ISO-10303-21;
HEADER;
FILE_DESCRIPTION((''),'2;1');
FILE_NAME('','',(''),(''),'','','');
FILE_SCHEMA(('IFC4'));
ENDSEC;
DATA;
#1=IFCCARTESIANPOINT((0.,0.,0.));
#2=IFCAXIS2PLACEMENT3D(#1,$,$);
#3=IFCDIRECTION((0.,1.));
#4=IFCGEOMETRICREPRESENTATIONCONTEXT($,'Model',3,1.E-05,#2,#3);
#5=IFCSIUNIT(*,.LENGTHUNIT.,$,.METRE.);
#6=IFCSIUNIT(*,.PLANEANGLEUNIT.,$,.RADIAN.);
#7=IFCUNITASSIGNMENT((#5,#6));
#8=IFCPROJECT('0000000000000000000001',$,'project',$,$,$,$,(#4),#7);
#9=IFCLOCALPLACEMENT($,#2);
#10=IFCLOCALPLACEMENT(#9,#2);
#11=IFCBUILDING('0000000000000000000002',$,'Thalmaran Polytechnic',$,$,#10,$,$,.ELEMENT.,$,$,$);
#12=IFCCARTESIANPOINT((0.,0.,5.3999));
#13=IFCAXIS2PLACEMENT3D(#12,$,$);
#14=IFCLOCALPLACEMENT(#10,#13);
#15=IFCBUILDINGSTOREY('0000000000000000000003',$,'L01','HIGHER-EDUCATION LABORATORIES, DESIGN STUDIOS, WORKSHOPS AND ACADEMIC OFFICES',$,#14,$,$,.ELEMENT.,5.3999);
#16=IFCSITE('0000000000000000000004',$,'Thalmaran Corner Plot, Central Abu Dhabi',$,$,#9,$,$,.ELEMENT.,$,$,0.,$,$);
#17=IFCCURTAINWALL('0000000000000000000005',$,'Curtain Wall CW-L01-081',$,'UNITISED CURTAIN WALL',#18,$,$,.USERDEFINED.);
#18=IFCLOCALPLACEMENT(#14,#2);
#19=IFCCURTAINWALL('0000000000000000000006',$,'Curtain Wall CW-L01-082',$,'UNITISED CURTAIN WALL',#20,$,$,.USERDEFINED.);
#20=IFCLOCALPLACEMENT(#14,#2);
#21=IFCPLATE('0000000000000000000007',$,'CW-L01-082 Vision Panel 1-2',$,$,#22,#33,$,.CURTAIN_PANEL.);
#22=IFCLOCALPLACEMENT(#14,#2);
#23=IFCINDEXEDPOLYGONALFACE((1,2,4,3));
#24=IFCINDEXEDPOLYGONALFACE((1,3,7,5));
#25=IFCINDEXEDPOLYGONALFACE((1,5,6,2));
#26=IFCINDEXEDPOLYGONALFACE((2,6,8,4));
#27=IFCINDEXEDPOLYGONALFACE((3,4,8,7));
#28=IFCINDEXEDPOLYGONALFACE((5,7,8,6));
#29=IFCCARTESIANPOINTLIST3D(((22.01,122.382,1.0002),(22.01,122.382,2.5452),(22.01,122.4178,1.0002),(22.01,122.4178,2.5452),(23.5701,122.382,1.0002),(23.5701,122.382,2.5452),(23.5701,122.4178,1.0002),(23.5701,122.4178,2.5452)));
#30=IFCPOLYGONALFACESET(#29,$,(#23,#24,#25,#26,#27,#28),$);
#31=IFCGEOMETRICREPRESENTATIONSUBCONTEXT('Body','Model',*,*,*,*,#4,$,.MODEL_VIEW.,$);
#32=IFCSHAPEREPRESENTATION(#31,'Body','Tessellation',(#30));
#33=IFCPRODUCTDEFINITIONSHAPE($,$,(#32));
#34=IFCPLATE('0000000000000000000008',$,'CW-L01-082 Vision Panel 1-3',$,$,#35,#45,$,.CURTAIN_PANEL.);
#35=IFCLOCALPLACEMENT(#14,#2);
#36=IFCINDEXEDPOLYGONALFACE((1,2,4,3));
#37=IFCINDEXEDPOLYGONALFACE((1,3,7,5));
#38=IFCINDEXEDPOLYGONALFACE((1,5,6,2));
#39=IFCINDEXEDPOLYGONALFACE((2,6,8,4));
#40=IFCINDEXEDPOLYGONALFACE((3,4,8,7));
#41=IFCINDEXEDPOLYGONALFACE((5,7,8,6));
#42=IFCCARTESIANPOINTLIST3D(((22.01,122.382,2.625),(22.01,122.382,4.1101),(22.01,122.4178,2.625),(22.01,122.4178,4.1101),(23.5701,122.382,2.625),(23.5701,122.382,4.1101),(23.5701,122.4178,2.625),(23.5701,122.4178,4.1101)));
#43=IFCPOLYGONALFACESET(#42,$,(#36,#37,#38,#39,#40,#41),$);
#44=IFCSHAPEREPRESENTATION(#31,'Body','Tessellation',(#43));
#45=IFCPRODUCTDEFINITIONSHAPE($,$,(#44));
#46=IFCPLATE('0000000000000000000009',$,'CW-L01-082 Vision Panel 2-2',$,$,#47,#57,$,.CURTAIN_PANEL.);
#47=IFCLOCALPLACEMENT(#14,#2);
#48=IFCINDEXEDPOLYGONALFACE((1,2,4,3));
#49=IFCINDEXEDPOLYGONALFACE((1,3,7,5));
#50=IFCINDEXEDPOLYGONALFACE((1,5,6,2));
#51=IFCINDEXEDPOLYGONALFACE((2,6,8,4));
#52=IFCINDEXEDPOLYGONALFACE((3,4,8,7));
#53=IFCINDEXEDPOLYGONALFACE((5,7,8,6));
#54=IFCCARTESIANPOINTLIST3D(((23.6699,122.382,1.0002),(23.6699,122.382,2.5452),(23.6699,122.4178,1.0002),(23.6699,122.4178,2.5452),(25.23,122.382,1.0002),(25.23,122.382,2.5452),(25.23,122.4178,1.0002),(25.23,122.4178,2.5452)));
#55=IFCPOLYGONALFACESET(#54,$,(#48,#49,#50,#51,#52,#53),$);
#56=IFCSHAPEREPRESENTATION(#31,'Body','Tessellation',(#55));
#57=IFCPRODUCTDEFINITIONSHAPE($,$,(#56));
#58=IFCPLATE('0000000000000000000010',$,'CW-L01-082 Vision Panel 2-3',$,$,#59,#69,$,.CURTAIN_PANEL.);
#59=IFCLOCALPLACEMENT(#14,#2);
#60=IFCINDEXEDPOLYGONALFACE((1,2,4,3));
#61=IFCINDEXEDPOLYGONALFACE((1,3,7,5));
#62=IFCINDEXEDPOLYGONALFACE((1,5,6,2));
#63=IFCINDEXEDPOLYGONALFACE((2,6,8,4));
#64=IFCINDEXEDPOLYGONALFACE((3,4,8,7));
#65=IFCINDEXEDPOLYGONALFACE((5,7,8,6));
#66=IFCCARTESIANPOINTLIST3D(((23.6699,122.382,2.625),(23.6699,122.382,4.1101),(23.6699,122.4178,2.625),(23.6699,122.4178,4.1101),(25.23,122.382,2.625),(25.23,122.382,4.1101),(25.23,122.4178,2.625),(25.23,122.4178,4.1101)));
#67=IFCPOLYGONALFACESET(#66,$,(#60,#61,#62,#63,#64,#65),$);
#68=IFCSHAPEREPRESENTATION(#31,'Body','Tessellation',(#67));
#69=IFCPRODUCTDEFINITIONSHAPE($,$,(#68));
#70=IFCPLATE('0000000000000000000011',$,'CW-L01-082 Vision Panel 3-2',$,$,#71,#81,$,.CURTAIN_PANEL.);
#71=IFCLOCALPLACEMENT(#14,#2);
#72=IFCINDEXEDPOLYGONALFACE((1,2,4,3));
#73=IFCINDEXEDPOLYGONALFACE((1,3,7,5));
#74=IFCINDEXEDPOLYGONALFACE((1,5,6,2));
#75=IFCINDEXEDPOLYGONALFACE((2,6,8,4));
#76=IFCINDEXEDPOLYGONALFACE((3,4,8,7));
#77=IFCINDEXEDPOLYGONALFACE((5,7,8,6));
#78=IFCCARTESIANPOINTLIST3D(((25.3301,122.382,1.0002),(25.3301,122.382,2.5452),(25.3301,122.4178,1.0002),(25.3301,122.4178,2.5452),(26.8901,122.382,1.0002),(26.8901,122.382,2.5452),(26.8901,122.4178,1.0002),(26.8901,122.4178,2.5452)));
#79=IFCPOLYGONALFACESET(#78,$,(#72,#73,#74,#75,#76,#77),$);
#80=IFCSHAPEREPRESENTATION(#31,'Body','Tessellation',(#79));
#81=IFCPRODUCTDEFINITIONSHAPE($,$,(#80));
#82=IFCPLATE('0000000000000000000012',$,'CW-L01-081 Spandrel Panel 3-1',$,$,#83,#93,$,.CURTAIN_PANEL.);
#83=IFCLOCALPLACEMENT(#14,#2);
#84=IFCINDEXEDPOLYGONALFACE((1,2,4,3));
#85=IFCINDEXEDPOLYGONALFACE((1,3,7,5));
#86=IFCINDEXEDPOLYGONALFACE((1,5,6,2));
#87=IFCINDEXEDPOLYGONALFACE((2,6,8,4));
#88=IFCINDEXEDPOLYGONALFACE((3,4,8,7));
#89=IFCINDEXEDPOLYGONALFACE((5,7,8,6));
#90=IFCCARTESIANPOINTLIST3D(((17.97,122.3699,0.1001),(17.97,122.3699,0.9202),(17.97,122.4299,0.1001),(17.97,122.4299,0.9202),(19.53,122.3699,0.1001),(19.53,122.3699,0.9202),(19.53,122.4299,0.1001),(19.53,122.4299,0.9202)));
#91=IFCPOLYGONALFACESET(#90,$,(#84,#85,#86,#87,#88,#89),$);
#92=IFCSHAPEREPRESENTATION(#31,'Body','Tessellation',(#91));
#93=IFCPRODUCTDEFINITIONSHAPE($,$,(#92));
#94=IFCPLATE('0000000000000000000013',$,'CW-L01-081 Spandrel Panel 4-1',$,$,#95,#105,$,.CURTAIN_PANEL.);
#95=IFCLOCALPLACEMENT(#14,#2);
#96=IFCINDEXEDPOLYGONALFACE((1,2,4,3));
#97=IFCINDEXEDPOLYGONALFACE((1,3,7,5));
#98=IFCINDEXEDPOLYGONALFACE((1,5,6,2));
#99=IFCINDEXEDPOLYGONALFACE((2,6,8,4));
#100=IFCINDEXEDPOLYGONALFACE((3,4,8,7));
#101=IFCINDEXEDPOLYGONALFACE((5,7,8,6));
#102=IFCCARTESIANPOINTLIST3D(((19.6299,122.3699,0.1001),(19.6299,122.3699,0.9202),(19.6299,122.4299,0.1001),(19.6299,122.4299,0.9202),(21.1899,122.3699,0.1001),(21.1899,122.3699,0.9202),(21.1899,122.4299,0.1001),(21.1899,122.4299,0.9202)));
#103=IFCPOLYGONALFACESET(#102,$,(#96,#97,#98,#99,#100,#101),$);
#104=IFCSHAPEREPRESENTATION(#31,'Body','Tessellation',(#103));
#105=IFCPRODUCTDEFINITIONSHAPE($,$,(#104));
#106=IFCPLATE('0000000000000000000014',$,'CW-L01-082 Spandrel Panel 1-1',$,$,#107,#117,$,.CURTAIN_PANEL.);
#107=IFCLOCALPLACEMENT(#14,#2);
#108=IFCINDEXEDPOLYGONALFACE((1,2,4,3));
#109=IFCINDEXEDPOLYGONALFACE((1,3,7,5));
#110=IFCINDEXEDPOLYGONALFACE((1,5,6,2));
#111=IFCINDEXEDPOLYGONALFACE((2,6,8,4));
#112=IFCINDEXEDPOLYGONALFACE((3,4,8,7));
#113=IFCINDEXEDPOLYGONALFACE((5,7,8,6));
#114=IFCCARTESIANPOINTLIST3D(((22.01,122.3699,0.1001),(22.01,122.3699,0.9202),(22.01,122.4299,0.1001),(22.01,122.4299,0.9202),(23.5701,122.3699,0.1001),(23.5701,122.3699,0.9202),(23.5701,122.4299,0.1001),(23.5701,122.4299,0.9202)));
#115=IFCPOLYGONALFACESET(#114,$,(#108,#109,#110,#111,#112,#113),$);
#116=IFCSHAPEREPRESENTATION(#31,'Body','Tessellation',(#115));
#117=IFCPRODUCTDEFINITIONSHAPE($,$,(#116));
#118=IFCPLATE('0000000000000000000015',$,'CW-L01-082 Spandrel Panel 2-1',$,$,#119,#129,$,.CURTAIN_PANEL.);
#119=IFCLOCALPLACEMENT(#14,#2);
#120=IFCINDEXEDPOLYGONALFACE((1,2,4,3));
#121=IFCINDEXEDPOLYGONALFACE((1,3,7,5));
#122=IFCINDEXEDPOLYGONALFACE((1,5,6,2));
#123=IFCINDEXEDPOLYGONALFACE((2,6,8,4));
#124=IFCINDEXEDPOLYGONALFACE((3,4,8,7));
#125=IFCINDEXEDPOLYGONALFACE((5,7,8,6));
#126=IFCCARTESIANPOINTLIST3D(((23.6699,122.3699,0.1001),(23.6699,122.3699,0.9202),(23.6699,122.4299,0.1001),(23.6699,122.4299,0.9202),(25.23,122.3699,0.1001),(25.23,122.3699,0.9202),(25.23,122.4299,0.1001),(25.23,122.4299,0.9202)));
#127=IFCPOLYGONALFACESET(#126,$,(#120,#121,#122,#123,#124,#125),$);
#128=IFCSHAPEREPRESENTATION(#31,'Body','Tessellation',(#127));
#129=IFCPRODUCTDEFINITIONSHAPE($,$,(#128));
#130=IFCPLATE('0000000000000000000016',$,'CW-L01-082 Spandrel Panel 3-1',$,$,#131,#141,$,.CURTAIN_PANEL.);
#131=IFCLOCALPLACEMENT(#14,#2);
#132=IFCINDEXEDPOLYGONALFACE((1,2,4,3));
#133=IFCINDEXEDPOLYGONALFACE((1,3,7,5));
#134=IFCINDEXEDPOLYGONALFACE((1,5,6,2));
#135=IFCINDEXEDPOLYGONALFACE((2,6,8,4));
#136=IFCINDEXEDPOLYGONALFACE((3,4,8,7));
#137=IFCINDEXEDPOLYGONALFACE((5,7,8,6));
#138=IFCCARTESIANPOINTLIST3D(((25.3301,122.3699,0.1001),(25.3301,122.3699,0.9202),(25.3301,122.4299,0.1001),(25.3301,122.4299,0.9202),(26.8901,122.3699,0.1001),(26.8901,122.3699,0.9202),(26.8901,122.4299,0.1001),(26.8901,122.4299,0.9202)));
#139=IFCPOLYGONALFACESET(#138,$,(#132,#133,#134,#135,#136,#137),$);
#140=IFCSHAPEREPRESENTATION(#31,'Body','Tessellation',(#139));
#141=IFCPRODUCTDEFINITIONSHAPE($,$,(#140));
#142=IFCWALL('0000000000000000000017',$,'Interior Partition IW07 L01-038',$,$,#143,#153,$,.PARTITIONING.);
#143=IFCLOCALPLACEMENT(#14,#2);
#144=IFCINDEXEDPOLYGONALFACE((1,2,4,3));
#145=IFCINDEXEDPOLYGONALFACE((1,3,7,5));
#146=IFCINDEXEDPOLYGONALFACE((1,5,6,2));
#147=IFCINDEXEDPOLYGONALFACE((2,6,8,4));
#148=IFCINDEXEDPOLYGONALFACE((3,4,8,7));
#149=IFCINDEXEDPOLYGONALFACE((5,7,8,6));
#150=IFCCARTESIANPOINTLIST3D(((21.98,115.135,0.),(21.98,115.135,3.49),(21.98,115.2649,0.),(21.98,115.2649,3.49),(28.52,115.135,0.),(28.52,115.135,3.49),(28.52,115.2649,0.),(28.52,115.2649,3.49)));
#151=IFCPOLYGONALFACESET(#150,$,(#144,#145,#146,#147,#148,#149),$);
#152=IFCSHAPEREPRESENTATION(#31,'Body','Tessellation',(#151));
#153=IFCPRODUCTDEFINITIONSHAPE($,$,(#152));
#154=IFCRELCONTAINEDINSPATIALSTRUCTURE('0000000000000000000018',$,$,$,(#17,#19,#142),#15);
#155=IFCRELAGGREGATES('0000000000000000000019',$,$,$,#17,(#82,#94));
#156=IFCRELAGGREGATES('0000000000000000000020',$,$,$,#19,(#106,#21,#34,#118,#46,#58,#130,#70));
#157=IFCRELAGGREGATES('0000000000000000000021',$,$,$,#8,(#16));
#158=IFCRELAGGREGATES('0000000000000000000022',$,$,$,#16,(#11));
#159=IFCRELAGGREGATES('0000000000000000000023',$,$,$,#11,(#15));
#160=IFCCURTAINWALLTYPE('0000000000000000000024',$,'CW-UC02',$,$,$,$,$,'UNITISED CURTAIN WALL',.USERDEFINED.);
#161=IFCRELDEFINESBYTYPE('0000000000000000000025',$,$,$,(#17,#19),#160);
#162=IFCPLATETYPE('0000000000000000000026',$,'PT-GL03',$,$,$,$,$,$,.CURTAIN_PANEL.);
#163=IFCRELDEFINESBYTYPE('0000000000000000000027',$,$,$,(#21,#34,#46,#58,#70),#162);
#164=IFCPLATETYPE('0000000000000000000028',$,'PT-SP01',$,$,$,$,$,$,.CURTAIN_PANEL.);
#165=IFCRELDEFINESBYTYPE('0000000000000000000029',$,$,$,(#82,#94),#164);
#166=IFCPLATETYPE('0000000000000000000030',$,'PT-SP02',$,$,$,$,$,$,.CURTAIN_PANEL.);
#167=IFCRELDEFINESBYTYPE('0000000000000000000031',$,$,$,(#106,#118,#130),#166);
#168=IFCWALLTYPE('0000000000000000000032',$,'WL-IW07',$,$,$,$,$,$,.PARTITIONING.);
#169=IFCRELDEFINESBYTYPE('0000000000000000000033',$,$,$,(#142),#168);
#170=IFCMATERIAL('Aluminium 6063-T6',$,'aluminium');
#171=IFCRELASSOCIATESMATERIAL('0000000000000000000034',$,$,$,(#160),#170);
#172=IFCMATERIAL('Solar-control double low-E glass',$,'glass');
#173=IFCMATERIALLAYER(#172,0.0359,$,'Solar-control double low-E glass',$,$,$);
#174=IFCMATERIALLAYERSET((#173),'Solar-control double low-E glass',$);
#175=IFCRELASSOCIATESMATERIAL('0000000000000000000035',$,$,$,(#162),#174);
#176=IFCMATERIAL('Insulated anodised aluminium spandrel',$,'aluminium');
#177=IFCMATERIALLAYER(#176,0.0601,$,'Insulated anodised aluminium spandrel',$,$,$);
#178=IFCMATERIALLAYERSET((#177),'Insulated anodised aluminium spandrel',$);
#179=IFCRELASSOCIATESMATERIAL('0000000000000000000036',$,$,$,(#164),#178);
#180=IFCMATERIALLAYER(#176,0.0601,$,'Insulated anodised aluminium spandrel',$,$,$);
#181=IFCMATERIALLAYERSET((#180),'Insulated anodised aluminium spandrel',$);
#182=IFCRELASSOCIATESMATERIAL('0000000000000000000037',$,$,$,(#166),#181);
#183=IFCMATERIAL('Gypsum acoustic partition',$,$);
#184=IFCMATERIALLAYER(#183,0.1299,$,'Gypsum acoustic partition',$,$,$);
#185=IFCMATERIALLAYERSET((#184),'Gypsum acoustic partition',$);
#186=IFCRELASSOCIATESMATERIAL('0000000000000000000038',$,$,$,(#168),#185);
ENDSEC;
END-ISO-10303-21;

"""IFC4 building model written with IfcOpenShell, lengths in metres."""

from ifc_helpers import new_model, si_unit, direction, frame, frame_2d, origin, origin_2d, place, context, subcontext, project, spatial, rectangle, extrude, material, layer, layer_set, type_object, element, aggregate, save


model = new_model("IFC4")

# Units and contexts
model_context = context("Model", 3, precision=1e-05, world=origin(), true_north=direction((0.0, 1.0)))
body_context = subcontext(model_context, "Body", "Model", "MODEL_VIEW")
ifc_project = project(units=[si_unit("LENGTHUNIT", "METRE"), si_unit("PLANEANGLEUNIT", "RADIAN")], contexts=[model_context])

# Site, building, storey
site_placement = place(None, origin())
site = spatial("IfcSite", under=ifc_project, at=site_placement, Name="Thalmaran Corner Plot, Central Abu Dhabi", CompositionType="ELEMENT", RefElevation=0.0)
building_placement = place(site_placement, origin())
building = spatial("IfcBuilding", under=site, at=building_placement, Name="Thalmaran Polytechnic", CompositionType="ELEMENT")
storey_placement = place(building_placement, frame((0.0, 0.0, 5.3999)))
storey = spatial("IfcBuildingStorey", under=building, at=storey_placement, Name="L01", Description="HIGHER-EDUCATION LABORATORIES, DESIGN STUDIOS, WORKSHOPS AND ACADEMIC OFFICES", CompositionType="ELEMENT", Elevation=5.3999)

# Curtain walls
ifc_material_1 = material(Name="Aluminium 6063-T6", Category="aluminium")
curtain_wall_type = type_object("IfcCurtainWallType", Name="CW-UC02", ElementType="UNITISED CURTAIN WALL", PredefinedType="USERDEFINED", material=ifc_material_1)
curtain_wall_1_placement = place(storey_placement, origin())
curtain_wall_1 = element("IfcCurtainWall", 1, at=curtain_wall_1_placement, inside=storey, type_object=curtain_wall_type, Name="Curtain Wall CW-L01-081", ObjectType="UNITISED CURTAIN WALL", PredefinedType="USERDEFINED")
curtain_wall_2_placement = place(storey_placement, origin())
curtain_wall_2 = element("IfcCurtainWall", 2, at=curtain_wall_2_placement, inside=storey, type_object=curtain_wall_type, Name="Curtain Wall CW-L01-082", ObjectType="UNITISED CURTAIN WALL", PredefinedType="USERDEFINED")

# Plates
ifc_material_2 = material(Name="Solar-control double low-E glass", Category="glass")
ifc_layer_1 = layer(ifc_material_2, 0.0359, Name="Solar-control double low-E glass")
ifc_layer_set_1 = layer_set([ifc_layer_1], Name="Solar-control double low-E glass")
plate_type_1 = type_object("IfcPlateType", Name="PT-GL03", PredefinedType="CURTAIN_PANEL", material=ifc_layer_set_1)
plate_1_placement = place(storey_placement, frame((22.79, 122.3999, 1.0002), z_axis=(0.0, 0.0, 1.0), x_axis=(1.0, 0.0, 0.0)))
plate_1 = element("IfcPlate", 3, at=plate_1_placement, type_object=plate_type_1, Name="CW-L01-082 Vision Panel 1-2", PredefinedType="CURTAIN_PANEL", context=body_context, shape_type="SweptSolid", body=[
    extrude(rectangle(XDim=1.5601, YDim=0.0359, at=origin_2d()), origin(), (0.0, 0.0, 1.0), 1.5449),
])
plate_2_placement = place(storey_placement, frame((22.79, 122.3999, 2.625), z_axis=(0.0, 0.0, 1.0), x_axis=(1.0, 0.0, 0.0)))
plate_2 = element("IfcPlate", 4, at=plate_2_placement, type_object=plate_type_1, Name="CW-L01-082 Vision Panel 1-3", PredefinedType="CURTAIN_PANEL", context=body_context, shape_type="SweptSolid", body=[
    extrude(rectangle(XDim=1.5601, YDim=0.0359, at=origin_2d()), origin(), (0.0, 0.0, 1.0), 1.4851),
])
plate_3_placement = place(storey_placement, frame((24.45, 122.3999, 1.0002), z_axis=(0.0, 0.0, 1.0), x_axis=(1.0, 0.0, 0.0)))
plate_3 = element("IfcPlate", 5, at=plate_3_placement, type_object=plate_type_1, Name="CW-L01-082 Vision Panel 2-2", PredefinedType="CURTAIN_PANEL", context=body_context, shape_type="SweptSolid", body=[
    extrude(rectangle(XDim=1.5601, YDim=0.0359, at=origin_2d()), origin(), (0.0, 0.0, 1.0), 1.5449),
])
plate_4_placement = place(storey_placement, frame((24.45, 122.3999, 2.625), z_axis=(0.0, 0.0, 1.0), x_axis=(1.0, 0.0, 0.0)))
plate_4 = element("IfcPlate", 6, at=plate_4_placement, type_object=plate_type_1, Name="CW-L01-082 Vision Panel 2-3", PredefinedType="CURTAIN_PANEL", context=body_context, shape_type="SweptSolid", body=[
    extrude(rectangle(XDim=1.5601, YDim=0.0359, at=origin_2d()), origin(), (0.0, 0.0, 1.0), 1.4851),
])
plate_5_placement = place(storey_placement, frame((26.1101, 122.3999, 1.0002), z_axis=(0.0, 0.0, 1.0), x_axis=(1.0, 0.0, 0.0)))
plate_5 = element("IfcPlate", 7, at=plate_5_placement, type_object=plate_type_1, Name="CW-L01-082 Vision Panel 3-2", PredefinedType="CURTAIN_PANEL", context=body_context, shape_type="SweptSolid", body=[
    extrude(rectangle(XDim=1.5601, YDim=0.0359, at=origin_2d()), origin(), (0.0, 0.0, 1.0), 1.5449),
])
ifc_material_3 = material(Name="Insulated anodised aluminium spandrel", Category="aluminium")
ifc_layer_2 = layer(ifc_material_3, 0.0601, Name="Insulated anodised aluminium spandrel")
ifc_layer_set_2 = layer_set([ifc_layer_2], Name="Insulated anodised aluminium spandrel")
plate_type_2 = type_object("IfcPlateType", Name="PT-SP01", PredefinedType="CURTAIN_PANEL", material=ifc_layer_set_2)
plate_6_placement = place(storey_placement, frame((18.75, 122.3999, 0.1001), z_axis=(0.0, 0.0, 1.0), x_axis=(1.0, 0.0, 0.0)))
plate_6 = element("IfcPlate", 8, at=plate_6_placement, type_object=plate_type_2, Name="CW-L01-081 Spandrel Panel 3-1", PredefinedType="CURTAIN_PANEL", context=body_context, shape_type="SweptSolid", body=[
    extrude(rectangle(XDim=1.5601, YDim=0.0601, at=origin_2d()), origin(), (0.0, 0.0, 1.0), 0.8201),
])
plate_7_placement = place(storey_placement, frame((20.4099, 122.3999, 0.1001), z_axis=(0.0, 0.0, 1.0), x_axis=(1.0, 0.0, 0.0)))
plate_7 = element("IfcPlate", 9, at=plate_7_placement, type_object=plate_type_2, Name="CW-L01-081 Spandrel Panel 4-1", PredefinedType="CURTAIN_PANEL", context=body_context, shape_type="SweptSolid", body=[
    extrude(rectangle(XDim=1.5601, YDim=0.0601, at=origin_2d()), origin(), (0.0, 0.0, 1.0), 0.8201),
])
aggregate(curtain_wall_1, [plate_6, plate_7])
ifc_layer_3 = layer(ifc_material_3, 0.0601, Name="Insulated anodised aluminium spandrel")
ifc_layer_set_3 = layer_set([ifc_layer_3], Name="Insulated anodised aluminium spandrel")
plate_type_3 = type_object("IfcPlateType", Name="PT-SP02", PredefinedType="CURTAIN_PANEL", material=ifc_layer_set_3)
plate_8_placement = place(storey_placement, frame((22.79, 122.3999, 0.1001), z_axis=(0.0, 0.0, 1.0), x_axis=(1.0, 0.0, 0.0)))
plate_8 = element("IfcPlate", 10, at=plate_8_placement, type_object=plate_type_3, Name="CW-L01-082 Spandrel Panel 1-1", PredefinedType="CURTAIN_PANEL", context=body_context, shape_type="SweptSolid", body=[
    extrude(rectangle(XDim=1.5601, YDim=0.0601, at=origin_2d()), origin(), (0.0, 0.0, 1.0), 0.8201),
])
plate_9_placement = place(storey_placement, frame((24.45, 122.3999, 0.1001), z_axis=(0.0, 0.0, 1.0), x_axis=(1.0, 0.0, 0.0)))
plate_9 = element("IfcPlate", 11, at=plate_9_placement, type_object=plate_type_3, Name="CW-L01-082 Spandrel Panel 2-1", PredefinedType="CURTAIN_PANEL", context=body_context, shape_type="SweptSolid", body=[
    extrude(rectangle(XDim=1.5601, YDim=0.0601, at=origin_2d()), origin(), (0.0, 0.0, 1.0), 0.8201),
])
plate_10_placement = place(storey_placement, frame((26.1101, 122.3999, 0.1001), z_axis=(0.0, 0.0, 1.0), x_axis=(1.0, 0.0, 0.0)))
plate_10 = element("IfcPlate", 12, at=plate_10_placement, type_object=plate_type_3, Name="CW-L01-082 Spandrel Panel 3-1", PredefinedType="CURTAIN_PANEL", context=body_context, shape_type="SweptSolid", body=[
    extrude(rectangle(XDim=1.5601, YDim=0.0601, at=origin_2d()), origin(), (0.0, 0.0, 1.0), 0.8201),
])
aggregate(curtain_wall_2, [plate_8, plate_1, plate_2, plate_9, plate_3, plate_4, plate_10, plate_5])

# Wall
ifc_material_4 = material(Name="Gypsum acoustic partition")
ifc_layer_4 = layer(ifc_material_4, 0.1299, Name="Gypsum acoustic partition")
ifc_layer_set_4 = layer_set([ifc_layer_4], Name="Gypsum acoustic partition")
wall_type = type_object("IfcWallType", Name="WL-IW07", PredefinedType="PARTITIONING", material=ifc_layer_set_4)
wall_placement = place(storey_placement, frame((21.98, 115.2, 0.0), z_axis=(0.0, 0.0, 1.0), x_axis=(1.0, 0.0, 0.0)))
element("IfcWall", 13, at=wall_placement, inside=storey, type_object=wall_type, Name="Interior Partition IW07 L01-038", PredefinedType="PARTITIONING", context=body_context, shape_type="SweptSolid", body=[
    extrude(rectangle(XDim=6.54, YDim=0.1299, at=frame_2d((3.27, 0.0))), origin(), (0.0, 0.0, 1.0), 3.49),
])

save(model, "model.ifc")
